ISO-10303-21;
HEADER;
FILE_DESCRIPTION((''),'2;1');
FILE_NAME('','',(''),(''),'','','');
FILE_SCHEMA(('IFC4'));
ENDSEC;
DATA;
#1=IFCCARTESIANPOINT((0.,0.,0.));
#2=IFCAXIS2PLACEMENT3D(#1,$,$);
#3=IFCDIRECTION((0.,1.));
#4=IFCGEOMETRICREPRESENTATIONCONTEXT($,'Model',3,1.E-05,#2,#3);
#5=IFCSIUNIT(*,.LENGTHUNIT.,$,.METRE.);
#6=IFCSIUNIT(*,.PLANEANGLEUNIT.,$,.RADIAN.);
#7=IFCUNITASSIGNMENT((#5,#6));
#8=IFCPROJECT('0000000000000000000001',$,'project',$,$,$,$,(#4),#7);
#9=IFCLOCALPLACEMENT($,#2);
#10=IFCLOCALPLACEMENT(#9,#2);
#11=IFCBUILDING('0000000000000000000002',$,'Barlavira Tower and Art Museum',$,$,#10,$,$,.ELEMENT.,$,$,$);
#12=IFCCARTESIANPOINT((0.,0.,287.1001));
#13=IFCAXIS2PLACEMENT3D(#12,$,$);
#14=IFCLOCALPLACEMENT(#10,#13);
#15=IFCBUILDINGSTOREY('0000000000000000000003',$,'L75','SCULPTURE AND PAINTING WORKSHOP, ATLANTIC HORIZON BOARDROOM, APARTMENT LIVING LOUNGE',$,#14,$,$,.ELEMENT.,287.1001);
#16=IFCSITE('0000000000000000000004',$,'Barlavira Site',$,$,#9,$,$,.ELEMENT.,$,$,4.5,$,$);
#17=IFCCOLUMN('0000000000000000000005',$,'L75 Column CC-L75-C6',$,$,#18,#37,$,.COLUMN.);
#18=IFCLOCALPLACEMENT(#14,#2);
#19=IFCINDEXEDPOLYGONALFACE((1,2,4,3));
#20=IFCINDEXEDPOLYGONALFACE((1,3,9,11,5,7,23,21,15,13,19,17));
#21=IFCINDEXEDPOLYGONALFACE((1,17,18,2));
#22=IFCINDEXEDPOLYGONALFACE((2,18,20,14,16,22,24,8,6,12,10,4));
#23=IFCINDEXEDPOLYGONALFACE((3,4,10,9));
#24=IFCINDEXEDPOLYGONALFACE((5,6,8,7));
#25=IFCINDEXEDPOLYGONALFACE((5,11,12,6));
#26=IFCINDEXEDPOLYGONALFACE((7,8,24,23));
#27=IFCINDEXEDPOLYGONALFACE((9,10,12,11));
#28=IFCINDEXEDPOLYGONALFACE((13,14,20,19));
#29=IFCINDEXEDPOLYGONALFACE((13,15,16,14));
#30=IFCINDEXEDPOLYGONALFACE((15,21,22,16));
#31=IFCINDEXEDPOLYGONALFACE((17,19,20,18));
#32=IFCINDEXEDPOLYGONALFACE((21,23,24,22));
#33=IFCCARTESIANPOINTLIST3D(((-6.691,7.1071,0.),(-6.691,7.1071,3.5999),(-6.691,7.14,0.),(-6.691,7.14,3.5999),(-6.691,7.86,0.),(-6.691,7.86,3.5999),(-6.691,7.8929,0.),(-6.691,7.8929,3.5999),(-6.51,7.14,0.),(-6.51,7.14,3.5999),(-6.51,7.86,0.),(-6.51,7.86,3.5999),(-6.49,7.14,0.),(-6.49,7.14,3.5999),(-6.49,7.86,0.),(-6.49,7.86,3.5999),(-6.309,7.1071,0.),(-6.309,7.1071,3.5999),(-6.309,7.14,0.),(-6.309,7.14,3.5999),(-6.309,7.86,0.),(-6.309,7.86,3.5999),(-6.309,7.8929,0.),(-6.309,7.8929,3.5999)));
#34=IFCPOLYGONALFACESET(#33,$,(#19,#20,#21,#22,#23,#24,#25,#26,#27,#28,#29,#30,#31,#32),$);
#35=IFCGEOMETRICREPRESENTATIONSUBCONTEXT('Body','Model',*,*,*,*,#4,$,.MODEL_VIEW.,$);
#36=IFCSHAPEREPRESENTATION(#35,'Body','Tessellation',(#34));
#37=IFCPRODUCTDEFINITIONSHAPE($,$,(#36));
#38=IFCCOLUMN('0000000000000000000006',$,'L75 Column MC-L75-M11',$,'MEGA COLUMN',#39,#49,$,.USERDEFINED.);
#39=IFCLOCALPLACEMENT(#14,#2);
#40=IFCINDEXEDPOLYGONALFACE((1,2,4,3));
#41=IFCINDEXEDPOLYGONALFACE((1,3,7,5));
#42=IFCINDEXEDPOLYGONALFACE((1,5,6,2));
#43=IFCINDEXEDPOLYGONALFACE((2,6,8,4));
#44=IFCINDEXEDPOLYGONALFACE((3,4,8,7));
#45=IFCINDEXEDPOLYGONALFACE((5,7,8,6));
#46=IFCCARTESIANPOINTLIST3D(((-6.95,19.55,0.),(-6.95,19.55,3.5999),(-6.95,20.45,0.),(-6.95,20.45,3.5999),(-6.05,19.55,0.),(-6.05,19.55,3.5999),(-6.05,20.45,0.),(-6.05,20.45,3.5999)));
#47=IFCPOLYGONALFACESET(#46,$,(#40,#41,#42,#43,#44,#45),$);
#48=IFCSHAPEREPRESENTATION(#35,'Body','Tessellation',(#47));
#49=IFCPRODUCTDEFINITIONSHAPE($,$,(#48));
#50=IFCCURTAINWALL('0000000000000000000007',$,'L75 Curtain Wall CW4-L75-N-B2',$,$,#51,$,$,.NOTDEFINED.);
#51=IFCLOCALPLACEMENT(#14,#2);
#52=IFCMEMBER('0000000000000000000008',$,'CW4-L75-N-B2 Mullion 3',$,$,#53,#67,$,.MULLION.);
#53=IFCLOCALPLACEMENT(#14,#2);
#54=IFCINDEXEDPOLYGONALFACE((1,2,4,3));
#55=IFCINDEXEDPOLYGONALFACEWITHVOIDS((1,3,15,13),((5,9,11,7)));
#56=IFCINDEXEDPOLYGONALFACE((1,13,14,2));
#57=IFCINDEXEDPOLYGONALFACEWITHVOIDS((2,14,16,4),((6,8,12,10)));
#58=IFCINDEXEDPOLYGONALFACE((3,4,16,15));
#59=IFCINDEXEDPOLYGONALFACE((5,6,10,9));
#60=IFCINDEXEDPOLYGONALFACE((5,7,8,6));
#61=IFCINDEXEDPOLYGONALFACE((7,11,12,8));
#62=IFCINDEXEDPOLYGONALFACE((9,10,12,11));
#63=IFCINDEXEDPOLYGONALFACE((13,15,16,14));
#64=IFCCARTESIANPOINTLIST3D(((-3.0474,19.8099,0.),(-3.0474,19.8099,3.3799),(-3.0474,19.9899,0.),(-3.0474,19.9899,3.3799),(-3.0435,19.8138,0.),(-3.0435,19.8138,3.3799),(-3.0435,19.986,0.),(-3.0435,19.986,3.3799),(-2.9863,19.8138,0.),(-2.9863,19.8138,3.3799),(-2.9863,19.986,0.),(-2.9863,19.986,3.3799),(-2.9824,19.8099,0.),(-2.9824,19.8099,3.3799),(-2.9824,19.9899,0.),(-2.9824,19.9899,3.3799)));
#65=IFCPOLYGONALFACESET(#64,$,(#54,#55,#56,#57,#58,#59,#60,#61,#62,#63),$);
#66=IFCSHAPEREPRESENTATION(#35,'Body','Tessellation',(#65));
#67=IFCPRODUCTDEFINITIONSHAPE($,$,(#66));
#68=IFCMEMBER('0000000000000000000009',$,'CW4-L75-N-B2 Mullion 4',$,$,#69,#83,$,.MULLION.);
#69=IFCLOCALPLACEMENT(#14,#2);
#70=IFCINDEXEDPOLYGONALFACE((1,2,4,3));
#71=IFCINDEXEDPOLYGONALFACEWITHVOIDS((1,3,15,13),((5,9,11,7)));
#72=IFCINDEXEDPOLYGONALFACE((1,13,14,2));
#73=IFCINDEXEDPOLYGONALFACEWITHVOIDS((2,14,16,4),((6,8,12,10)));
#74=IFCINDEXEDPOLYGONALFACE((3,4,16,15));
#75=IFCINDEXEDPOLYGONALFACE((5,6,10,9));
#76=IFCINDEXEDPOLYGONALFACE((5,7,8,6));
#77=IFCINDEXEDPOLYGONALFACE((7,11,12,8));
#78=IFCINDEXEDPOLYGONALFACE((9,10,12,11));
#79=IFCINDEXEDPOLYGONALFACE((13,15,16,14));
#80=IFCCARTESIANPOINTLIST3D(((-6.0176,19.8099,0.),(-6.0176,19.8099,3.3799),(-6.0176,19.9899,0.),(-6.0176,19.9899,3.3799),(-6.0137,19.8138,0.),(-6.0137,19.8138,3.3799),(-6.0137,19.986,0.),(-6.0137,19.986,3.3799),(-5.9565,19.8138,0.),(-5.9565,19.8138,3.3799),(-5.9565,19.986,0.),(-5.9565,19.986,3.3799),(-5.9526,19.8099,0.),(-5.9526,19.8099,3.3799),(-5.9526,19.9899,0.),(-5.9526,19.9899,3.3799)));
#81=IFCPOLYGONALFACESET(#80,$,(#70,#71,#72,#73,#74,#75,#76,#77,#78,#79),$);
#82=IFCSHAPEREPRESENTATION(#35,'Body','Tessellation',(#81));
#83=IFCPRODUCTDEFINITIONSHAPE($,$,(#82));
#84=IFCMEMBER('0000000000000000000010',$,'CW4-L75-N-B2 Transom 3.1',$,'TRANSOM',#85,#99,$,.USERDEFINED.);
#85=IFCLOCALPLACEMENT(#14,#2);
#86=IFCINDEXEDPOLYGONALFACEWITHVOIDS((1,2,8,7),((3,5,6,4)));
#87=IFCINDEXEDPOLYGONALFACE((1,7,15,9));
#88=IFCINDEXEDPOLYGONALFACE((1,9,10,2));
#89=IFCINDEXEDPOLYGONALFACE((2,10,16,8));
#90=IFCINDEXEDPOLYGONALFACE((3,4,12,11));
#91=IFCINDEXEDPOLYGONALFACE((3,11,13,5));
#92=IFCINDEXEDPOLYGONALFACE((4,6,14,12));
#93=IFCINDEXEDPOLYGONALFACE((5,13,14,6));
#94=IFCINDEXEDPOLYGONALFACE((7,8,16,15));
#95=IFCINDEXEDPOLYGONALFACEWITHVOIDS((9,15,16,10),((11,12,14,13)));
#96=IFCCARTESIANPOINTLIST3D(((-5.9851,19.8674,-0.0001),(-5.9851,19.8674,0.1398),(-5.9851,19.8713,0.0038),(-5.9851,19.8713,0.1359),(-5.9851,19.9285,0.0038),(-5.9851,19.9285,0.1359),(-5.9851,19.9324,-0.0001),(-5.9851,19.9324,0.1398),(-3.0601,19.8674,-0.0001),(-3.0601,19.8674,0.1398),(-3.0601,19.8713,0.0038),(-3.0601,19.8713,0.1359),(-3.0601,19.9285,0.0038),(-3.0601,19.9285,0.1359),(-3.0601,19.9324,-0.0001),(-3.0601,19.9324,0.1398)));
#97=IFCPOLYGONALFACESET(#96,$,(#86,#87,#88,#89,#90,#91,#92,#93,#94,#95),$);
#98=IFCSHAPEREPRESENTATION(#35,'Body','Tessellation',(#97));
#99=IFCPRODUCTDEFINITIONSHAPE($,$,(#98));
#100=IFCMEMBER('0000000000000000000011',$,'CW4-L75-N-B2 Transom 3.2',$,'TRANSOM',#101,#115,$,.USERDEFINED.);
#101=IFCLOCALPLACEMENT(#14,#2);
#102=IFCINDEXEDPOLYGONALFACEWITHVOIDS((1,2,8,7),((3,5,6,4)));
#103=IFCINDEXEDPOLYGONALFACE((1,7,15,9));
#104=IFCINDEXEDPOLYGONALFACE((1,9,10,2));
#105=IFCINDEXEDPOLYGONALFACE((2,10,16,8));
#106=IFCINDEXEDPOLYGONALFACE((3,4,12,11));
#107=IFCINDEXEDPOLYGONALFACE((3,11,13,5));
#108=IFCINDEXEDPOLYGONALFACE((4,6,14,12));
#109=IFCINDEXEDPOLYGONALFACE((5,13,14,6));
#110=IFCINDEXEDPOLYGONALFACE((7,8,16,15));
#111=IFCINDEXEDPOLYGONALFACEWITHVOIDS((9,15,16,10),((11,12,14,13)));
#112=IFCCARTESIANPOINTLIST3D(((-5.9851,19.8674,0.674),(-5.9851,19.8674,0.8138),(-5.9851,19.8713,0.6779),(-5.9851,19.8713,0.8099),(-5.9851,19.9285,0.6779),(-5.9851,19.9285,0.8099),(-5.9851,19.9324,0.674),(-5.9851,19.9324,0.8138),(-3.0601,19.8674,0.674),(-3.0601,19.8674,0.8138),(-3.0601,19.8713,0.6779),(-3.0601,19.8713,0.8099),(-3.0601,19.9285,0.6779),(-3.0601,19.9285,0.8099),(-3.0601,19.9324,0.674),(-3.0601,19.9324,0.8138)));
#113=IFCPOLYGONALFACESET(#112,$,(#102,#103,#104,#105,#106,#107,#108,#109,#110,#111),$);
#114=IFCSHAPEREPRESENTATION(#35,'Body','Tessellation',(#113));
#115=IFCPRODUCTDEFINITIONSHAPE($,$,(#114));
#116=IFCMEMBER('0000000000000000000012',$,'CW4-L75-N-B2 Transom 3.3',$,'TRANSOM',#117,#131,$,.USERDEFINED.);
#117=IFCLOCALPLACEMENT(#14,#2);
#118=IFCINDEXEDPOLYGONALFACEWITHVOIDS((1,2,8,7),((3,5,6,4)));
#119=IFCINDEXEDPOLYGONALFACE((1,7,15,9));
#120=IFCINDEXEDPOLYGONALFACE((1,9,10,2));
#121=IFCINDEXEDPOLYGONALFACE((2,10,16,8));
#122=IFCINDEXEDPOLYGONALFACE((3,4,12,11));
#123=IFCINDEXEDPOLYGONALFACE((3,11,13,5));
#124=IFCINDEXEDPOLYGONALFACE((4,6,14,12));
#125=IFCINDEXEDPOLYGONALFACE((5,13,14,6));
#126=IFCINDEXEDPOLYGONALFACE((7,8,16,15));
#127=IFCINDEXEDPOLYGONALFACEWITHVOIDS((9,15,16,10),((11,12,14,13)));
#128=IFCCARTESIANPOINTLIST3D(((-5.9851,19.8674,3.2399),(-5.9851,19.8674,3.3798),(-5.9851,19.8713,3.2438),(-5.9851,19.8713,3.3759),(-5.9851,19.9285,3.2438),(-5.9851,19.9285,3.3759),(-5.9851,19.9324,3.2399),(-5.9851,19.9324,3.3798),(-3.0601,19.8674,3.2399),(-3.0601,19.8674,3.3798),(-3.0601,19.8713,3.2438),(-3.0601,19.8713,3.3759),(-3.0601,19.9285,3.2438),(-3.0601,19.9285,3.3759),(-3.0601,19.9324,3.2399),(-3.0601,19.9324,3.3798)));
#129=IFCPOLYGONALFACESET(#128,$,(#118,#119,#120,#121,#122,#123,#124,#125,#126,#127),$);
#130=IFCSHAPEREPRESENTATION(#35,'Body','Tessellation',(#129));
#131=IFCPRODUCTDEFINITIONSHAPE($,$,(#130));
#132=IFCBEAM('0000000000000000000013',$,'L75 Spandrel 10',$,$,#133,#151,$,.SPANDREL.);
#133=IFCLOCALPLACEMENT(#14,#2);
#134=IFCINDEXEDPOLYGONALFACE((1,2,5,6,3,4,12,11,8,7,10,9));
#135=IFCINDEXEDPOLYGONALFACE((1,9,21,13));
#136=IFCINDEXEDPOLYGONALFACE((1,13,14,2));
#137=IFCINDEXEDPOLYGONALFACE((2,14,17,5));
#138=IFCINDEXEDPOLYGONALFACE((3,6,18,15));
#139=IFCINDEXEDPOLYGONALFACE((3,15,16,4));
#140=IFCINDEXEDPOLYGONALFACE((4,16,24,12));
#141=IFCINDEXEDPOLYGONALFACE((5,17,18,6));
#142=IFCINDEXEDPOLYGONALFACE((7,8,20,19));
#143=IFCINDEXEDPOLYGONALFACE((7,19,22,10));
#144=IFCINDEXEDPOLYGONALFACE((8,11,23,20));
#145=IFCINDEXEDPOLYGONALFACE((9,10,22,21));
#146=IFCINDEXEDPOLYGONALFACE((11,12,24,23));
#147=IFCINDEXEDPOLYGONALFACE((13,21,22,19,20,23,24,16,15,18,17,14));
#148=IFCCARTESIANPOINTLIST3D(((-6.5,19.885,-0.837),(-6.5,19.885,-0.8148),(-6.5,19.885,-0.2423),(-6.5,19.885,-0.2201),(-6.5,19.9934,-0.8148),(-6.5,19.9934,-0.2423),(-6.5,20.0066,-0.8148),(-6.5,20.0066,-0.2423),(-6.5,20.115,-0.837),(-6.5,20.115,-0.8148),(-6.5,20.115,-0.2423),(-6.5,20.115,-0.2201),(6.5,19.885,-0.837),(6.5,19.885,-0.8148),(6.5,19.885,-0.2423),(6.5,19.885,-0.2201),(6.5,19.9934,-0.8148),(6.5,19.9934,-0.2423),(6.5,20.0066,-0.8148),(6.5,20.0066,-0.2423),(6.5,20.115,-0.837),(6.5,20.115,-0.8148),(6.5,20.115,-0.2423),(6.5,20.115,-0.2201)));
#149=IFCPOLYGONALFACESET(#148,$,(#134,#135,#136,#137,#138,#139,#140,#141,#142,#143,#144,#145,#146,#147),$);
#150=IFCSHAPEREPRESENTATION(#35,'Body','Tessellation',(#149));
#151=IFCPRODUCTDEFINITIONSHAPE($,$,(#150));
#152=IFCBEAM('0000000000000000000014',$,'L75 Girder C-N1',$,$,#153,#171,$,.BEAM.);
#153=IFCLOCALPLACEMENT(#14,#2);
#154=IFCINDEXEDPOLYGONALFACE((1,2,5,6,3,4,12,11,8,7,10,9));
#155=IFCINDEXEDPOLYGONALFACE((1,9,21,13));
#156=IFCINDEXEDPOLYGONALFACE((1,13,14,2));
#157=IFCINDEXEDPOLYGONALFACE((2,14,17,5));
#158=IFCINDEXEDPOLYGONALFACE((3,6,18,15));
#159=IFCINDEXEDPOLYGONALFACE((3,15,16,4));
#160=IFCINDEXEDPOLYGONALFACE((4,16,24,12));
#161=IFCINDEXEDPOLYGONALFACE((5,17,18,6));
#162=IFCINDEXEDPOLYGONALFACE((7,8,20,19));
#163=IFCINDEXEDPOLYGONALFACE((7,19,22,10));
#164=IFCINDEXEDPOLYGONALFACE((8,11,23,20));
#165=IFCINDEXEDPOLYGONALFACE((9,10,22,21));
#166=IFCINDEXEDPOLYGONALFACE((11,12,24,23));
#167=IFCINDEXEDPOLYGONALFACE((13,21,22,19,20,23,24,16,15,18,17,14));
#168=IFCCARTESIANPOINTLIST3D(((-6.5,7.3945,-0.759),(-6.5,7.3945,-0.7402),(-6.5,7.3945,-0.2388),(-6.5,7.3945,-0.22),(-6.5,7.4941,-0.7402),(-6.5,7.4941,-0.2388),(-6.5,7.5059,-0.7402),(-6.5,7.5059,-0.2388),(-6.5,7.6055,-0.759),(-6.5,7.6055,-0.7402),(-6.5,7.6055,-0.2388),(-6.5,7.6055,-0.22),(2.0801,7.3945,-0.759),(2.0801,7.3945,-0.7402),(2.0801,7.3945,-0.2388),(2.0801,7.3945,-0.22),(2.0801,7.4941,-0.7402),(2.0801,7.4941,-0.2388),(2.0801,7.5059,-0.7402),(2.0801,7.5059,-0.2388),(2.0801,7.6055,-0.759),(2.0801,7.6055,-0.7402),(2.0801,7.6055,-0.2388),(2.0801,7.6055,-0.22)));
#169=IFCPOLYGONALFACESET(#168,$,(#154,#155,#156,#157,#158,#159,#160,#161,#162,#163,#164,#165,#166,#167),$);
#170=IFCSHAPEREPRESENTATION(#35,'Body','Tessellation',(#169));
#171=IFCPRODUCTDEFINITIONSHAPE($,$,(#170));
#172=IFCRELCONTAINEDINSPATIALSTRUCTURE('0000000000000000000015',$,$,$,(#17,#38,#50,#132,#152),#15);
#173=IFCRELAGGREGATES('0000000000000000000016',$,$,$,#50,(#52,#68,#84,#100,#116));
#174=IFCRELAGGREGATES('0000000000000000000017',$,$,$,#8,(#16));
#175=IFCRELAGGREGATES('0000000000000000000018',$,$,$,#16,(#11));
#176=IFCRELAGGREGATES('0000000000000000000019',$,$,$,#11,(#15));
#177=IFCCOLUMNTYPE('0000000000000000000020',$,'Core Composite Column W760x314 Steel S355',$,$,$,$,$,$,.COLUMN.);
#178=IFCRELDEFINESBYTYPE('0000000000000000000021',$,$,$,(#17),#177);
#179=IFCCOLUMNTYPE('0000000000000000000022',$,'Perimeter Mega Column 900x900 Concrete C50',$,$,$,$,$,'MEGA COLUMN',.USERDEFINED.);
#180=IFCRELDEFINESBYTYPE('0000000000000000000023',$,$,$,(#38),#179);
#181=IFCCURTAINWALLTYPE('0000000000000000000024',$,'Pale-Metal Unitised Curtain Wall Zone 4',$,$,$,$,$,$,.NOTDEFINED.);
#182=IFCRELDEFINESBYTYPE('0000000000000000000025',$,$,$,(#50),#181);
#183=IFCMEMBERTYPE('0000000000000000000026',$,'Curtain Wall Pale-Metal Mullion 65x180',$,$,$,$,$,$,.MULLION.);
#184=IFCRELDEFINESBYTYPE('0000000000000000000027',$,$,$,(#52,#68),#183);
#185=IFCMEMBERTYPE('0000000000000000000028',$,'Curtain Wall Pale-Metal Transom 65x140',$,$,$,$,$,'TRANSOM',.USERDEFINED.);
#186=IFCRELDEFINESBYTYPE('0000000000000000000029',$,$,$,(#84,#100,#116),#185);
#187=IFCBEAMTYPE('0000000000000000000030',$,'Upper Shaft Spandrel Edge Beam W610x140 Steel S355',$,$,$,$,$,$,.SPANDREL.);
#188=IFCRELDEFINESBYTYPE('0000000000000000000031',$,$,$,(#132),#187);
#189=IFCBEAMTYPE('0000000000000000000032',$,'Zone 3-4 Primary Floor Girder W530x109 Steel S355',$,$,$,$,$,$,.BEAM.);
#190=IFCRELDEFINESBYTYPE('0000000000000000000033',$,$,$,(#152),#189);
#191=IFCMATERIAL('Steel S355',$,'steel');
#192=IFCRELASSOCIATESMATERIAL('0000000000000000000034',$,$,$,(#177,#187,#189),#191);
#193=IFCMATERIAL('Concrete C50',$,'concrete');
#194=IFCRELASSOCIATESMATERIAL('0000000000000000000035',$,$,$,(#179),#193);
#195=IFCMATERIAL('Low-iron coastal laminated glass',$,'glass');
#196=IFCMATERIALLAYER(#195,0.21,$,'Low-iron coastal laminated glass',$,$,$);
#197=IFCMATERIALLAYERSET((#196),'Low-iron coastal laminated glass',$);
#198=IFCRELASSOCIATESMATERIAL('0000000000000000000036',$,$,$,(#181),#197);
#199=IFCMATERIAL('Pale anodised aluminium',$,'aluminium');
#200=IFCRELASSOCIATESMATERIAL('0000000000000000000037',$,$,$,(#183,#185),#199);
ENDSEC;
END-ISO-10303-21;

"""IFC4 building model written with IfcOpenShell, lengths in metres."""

from ifc_helpers import new_model, si_unit, direction, frame, origin, origin_2d, place, context, subcontext, project, spatial, rectangle, hollow_rectangle, i_section, extrude, material, layer, layer_set, material_profile, profile_set, type_object, element, aggregate, save


model = new_model("IFC4")

# Units and contexts
model_context = context("Model", 3, precision=1e-05, world=origin(), true_north=direction((0.0, 1.0)))
body_context = subcontext(model_context, "Body", "Model", "MODEL_VIEW")
ifc_project = project(units=[si_unit("LENGTHUNIT", "METRE"), si_unit("PLANEANGLEUNIT", "RADIAN")], contexts=[model_context])

# Site, building, storey
site_placement = place(None, origin())
site = spatial("IfcSite", under=ifc_project, at=site_placement, Name="Barlavira Site", CompositionType="ELEMENT", RefElevation=4.5)
building_placement = place(site_placement, origin())
building = spatial("IfcBuilding", under=site, at=building_placement, Name="Barlavira Tower and Art Museum", CompositionType="ELEMENT")
storey_placement = place(building_placement, frame((0.0, 0.0, 287.1001)))
storey = spatial("IfcBuildingStorey", under=building, at=storey_placement, Name="L75", Description="SCULPTURE AND PAINTING WORKSHOP, ATLANTIC HORIZON BOARDROOM, APARTMENT LIVING LOUNGE", CompositionType="ELEMENT", Elevation=287.1001)

# Columns
ifc_material_1 = material(Name="Steel S355", Category="steel")
ifc_material_profile_1 = material_profile(ifc_material_1, i_section(OverallWidth=0.3821, OverallDepth=0.7859, WebThickness=0.02, FlangeThickness=0.033, at=origin_2d()), Name="W760x314.0")
ifc_profile_set_1 = profile_set([ifc_material_profile_1], Name="Steel S355")
column_type_1 = type_object("IfcColumnType", Name="Core Composite Column W760x314 Steel S355", PredefinedType="COLUMN", material=ifc_profile_set_1)
column_1_placement = place(storey_placement, frame((-6.5, 7.5, 0.0), z_axis=(0.0, 0.0, 1.0), x_axis=(1.0, 0.0, 0.0)))
element("IfcColumn", 1, at=column_1_placement, inside=storey, type_object=column_type_1, Name="L75 Column CC-L75-C6", PredefinedType="COLUMN", context=body_context, shape_type="SweptSolid", body=[
    extrude(i_section(OverallWidth=0.3821, OverallDepth=0.7859, WebThickness=0.02, FlangeThickness=0.033, at=origin_2d()), origin(), (0.0, 0.0, 1.0), 3.5999),
])
ifc_material_2 = material(Name="Concrete C50", Category="concrete")
ifc_material_profile_2 = material_profile(ifc_material_2, rectangle(XDim=0.8999, YDim=0.8999, at=origin_2d()), Name="RC-COL 900x900")
ifc_profile_set_2 = profile_set([ifc_material_profile_2], Name="Concrete C50")
column_type_2 = type_object("IfcColumnType", Name="Perimeter Mega Column 900x900 Concrete C50", ElementType="MEGA COLUMN", PredefinedType="USERDEFINED", material=ifc_profile_set_2)
column_2_placement = place(storey_placement, frame((-6.5, 20.0, 0.0), z_axis=(0.0, 0.0, 1.0), x_axis=(1.0, 0.0, 0.0)))
element("IfcColumn", 2, at=column_2_placement, inside=storey, type_object=column_type_2, Name="L75 Column MC-L75-M11", ObjectType="MEGA COLUMN", PredefinedType="USERDEFINED", context=body_context, shape_type="SweptSolid", body=[
    extrude(rectangle(XDim=0.8999, YDim=0.8999, at=origin_2d()), origin(), (0.0, 0.0, 1.0), 3.5999),
])

# Curtain wall, members
ifc_material_3 = material(Name="Low-iron coastal laminated glass", Category="glass")
ifc_layer_1 = layer(ifc_material_3, 0.21, Name="Low-iron coastal laminated glass")
ifc_layer_set_1 = layer_set([ifc_layer_1], Name="Low-iron coastal laminated glass")
curtain_wall_type = type_object("IfcCurtainWallType", Name="Pale-Metal Unitised Curtain Wall Zone 4", PredefinedType="NOTDEFINED", material=ifc_layer_set_1)
curtain_wall_placement = place(storey_placement, origin())
curtain_wall = element("IfcCurtainWall", 3, at=curtain_wall_placement, inside=storey, type_object=curtain_wall_type, Name="L75 Curtain Wall CW4-L75-N-B2", PredefinedType="NOTDEFINED")
ifc_material_4 = material(Name="Pale anodised aluminium", Category="aluminium")
ifc_material_profile_3 = material_profile(ifc_material_4, hollow_rectangle(XDim=0.0649, YDim=0.1799, WallThickness=0.0039, at=origin_2d()), Name="ALU-MULL 65x180x4")
ifc_profile_set_3 = profile_set([ifc_material_profile_3], Name="Pale anodised aluminium")
member_type_1 = type_object("IfcMemberType", Name="Curtain Wall Pale-Metal Mullion 65x180", PredefinedType="MULLION", material=ifc_profile_set_3)
member_1_placement = place(storey_placement, frame((-3.0149, 19.8999, 0.0), z_axis=(0.0, 0.0, 1.0), x_axis=(-1.0, 0.0, 0.0)))
member_1 = element("IfcMember", 4, at=member_1_placement, type_object=member_type_1, Name="CW4-L75-N-B2 Mullion 3", PredefinedType="MULLION", context=body_context, shape_type="SweptSolid", body=[
    extrude(hollow_rectangle(XDim=0.0649, YDim=0.1799, WallThickness=0.0039, at=origin_2d()), origin(), (0.0, 0.0, 1.0), 3.3799),
])
member_2_placement = place(storey_placement, frame((-5.9851, 19.8999, 0.0), z_axis=(0.0, 0.0, 1.0), x_axis=(-1.0, 0.0, 0.0)))
member_2 = element("IfcMember", 5, at=member_2_placement, type_object=member_type_1, Name="CW4-L75-N-B2 Mullion 4", PredefinedType="MULLION", context=body_context, shape_type="SweptSolid", body=[
    extrude(hollow_rectangle(XDim=0.0649, YDim=0.1799, WallThickness=0.0039, at=origin_2d()), origin(), (0.0, 0.0, 1.0), 3.3799),
])
ifc_material_profile_4 = material_profile(ifc_material_4, hollow_rectangle(XDim=0.0649, YDim=0.1399, WallThickness=0.0039, at=origin_2d()), Name="ALU-TRAN 65x140x4")
ifc_profile_set_4 = profile_set([ifc_material_profile_4], Name="Pale anodised aluminium")
member_type_2 = type_object("IfcMemberType", Name="Curtain Wall Pale-Metal Transom 65x140", ElementType="TRANSOM", PredefinedType="USERDEFINED", material=ifc_profile_set_4)
member_3_placement = place(storey_placement, frame((-3.0601, 19.8999, 0.0698), z_axis=(-1.0, 0.0, 0.0), x_axis=(0.0, -1.0, 0.0)))
member_3 = element("IfcMember", 6, at=member_3_placement, type_object=member_type_2, Name="CW4-L75-N-B2 Transom 3.1", ObjectType="TRANSOM", PredefinedType="USERDEFINED", context=body_context, shape_type="SweptSolid", body=[
    extrude(hollow_rectangle(XDim=0.0649, YDim=0.1399, WallThickness=0.0039, at=origin_2d()), origin(), (0.0, 0.0, 1.0), 2.925),
])
member_4_placement = place(storey_placement, frame((-3.0601, 19.8999, 0.7439), z_axis=(-1.0, 0.0, 0.0), x_axis=(0.0, -1.0, 0.0)))
member_4 = element("IfcMember", 7, at=member_4_placement, type_object=member_type_2, Name="CW4-L75-N-B2 Transom 3.2", ObjectType="TRANSOM", PredefinedType="USERDEFINED", context=body_context, shape_type="SweptSolid", body=[
    extrude(hollow_rectangle(XDim=0.0649, YDim=0.1399, WallThickness=0.0039, at=origin_2d()), origin(), (0.0, 0.0, 1.0), 2.925),
])
member_5_placement = place(storey_placement, frame((-3.0601, 19.8999, 3.3098), z_axis=(-1.0, 0.0, 0.0), x_axis=(0.0, -1.0, 0.0)))
member_5 = element("IfcMember", 8, at=member_5_placement, type_object=member_type_2, Name="CW4-L75-N-B2 Transom 3.3", ObjectType="TRANSOM", PredefinedType="USERDEFINED", context=body_context, shape_type="SweptSolid", body=[
    extrude(hollow_rectangle(XDim=0.0649, YDim=0.1399, WallThickness=0.0039, at=origin_2d()), origin(), (0.0, 0.0, 1.0), 2.925),
])

# Beams
ifc_material_profile_5 = material_profile(ifc_material_1, i_section(OverallWidth=0.23, OverallDepth=0.6169, WebThickness=0.0132, FlangeThickness=0.0222, at=origin_2d()), Name="W610x140.0")
ifc_profile_set_5 = profile_set([ifc_material_profile_5], Name="Steel S355")
beam_type_1 = type_object("IfcBeamType", Name="Upper Shaft Spandrel Edge Beam W610x140 Steel S355", PredefinedType="SPANDREL", material=ifc_profile_set_5)
beam_1_placement = place(storey_placement, frame((-6.5, 20.0, -0.5286), z_axis=(1.0, 0.0, 0.0), x_axis=(0.0, 1.0, 0.0)))
element("IfcBeam", 9, at=beam_1_placement, inside=storey, type_object=beam_type_1, Name="L75 Spandrel 10", PredefinedType="SPANDREL", context=body_context, shape_type="SweptSolid", body=[
    extrude(i_section(OverallWidth=0.23, OverallDepth=0.6169, WebThickness=0.0132, FlangeThickness=0.0222, at=origin_2d()), origin(), (0.0, 0.0, 1.0), 13.0),
])
ifc_material_profile_6 = material_profile(ifc_material_1, i_section(OverallWidth=0.2109, OverallDepth=0.5391, WebThickness=0.0117, FlangeThickness=0.0188, at=origin_2d()), Name="W530x109.0")
ifc_profile_set_6 = profile_set([ifc_material_profile_6], Name="Steel S355")
beam_type_2 = type_object("IfcBeamType", Name="Zone 3-4 Primary Floor Girder W530x109 Steel S355", PredefinedType="BEAM", material=ifc_profile_set_6)
beam_2_placement = place(storey_placement, frame((-6.5, 7.5, -0.4895), z_axis=(1.0, 0.0, 0.0), x_axis=(0.0, 1.0, 0.0)))
element("IfcBeam", 10, at=beam_2_placement, inside=storey, type_object=beam_type_2, Name="L75 Girder C-N1", PredefinedType="BEAM", context=body_context, shape_type="SweptSolid", body=[
    extrude(i_section(OverallWidth=0.2109, OverallDepth=0.5391, WebThickness=0.0117, FlangeThickness=0.0188, at=origin_2d()), origin(), (0.0, 0.0, 1.0), 8.5801),
])

aggregate(curtain_wall, [member_1, member_2, member_3, member_4, member_5])

save(model, "model.ifc")
